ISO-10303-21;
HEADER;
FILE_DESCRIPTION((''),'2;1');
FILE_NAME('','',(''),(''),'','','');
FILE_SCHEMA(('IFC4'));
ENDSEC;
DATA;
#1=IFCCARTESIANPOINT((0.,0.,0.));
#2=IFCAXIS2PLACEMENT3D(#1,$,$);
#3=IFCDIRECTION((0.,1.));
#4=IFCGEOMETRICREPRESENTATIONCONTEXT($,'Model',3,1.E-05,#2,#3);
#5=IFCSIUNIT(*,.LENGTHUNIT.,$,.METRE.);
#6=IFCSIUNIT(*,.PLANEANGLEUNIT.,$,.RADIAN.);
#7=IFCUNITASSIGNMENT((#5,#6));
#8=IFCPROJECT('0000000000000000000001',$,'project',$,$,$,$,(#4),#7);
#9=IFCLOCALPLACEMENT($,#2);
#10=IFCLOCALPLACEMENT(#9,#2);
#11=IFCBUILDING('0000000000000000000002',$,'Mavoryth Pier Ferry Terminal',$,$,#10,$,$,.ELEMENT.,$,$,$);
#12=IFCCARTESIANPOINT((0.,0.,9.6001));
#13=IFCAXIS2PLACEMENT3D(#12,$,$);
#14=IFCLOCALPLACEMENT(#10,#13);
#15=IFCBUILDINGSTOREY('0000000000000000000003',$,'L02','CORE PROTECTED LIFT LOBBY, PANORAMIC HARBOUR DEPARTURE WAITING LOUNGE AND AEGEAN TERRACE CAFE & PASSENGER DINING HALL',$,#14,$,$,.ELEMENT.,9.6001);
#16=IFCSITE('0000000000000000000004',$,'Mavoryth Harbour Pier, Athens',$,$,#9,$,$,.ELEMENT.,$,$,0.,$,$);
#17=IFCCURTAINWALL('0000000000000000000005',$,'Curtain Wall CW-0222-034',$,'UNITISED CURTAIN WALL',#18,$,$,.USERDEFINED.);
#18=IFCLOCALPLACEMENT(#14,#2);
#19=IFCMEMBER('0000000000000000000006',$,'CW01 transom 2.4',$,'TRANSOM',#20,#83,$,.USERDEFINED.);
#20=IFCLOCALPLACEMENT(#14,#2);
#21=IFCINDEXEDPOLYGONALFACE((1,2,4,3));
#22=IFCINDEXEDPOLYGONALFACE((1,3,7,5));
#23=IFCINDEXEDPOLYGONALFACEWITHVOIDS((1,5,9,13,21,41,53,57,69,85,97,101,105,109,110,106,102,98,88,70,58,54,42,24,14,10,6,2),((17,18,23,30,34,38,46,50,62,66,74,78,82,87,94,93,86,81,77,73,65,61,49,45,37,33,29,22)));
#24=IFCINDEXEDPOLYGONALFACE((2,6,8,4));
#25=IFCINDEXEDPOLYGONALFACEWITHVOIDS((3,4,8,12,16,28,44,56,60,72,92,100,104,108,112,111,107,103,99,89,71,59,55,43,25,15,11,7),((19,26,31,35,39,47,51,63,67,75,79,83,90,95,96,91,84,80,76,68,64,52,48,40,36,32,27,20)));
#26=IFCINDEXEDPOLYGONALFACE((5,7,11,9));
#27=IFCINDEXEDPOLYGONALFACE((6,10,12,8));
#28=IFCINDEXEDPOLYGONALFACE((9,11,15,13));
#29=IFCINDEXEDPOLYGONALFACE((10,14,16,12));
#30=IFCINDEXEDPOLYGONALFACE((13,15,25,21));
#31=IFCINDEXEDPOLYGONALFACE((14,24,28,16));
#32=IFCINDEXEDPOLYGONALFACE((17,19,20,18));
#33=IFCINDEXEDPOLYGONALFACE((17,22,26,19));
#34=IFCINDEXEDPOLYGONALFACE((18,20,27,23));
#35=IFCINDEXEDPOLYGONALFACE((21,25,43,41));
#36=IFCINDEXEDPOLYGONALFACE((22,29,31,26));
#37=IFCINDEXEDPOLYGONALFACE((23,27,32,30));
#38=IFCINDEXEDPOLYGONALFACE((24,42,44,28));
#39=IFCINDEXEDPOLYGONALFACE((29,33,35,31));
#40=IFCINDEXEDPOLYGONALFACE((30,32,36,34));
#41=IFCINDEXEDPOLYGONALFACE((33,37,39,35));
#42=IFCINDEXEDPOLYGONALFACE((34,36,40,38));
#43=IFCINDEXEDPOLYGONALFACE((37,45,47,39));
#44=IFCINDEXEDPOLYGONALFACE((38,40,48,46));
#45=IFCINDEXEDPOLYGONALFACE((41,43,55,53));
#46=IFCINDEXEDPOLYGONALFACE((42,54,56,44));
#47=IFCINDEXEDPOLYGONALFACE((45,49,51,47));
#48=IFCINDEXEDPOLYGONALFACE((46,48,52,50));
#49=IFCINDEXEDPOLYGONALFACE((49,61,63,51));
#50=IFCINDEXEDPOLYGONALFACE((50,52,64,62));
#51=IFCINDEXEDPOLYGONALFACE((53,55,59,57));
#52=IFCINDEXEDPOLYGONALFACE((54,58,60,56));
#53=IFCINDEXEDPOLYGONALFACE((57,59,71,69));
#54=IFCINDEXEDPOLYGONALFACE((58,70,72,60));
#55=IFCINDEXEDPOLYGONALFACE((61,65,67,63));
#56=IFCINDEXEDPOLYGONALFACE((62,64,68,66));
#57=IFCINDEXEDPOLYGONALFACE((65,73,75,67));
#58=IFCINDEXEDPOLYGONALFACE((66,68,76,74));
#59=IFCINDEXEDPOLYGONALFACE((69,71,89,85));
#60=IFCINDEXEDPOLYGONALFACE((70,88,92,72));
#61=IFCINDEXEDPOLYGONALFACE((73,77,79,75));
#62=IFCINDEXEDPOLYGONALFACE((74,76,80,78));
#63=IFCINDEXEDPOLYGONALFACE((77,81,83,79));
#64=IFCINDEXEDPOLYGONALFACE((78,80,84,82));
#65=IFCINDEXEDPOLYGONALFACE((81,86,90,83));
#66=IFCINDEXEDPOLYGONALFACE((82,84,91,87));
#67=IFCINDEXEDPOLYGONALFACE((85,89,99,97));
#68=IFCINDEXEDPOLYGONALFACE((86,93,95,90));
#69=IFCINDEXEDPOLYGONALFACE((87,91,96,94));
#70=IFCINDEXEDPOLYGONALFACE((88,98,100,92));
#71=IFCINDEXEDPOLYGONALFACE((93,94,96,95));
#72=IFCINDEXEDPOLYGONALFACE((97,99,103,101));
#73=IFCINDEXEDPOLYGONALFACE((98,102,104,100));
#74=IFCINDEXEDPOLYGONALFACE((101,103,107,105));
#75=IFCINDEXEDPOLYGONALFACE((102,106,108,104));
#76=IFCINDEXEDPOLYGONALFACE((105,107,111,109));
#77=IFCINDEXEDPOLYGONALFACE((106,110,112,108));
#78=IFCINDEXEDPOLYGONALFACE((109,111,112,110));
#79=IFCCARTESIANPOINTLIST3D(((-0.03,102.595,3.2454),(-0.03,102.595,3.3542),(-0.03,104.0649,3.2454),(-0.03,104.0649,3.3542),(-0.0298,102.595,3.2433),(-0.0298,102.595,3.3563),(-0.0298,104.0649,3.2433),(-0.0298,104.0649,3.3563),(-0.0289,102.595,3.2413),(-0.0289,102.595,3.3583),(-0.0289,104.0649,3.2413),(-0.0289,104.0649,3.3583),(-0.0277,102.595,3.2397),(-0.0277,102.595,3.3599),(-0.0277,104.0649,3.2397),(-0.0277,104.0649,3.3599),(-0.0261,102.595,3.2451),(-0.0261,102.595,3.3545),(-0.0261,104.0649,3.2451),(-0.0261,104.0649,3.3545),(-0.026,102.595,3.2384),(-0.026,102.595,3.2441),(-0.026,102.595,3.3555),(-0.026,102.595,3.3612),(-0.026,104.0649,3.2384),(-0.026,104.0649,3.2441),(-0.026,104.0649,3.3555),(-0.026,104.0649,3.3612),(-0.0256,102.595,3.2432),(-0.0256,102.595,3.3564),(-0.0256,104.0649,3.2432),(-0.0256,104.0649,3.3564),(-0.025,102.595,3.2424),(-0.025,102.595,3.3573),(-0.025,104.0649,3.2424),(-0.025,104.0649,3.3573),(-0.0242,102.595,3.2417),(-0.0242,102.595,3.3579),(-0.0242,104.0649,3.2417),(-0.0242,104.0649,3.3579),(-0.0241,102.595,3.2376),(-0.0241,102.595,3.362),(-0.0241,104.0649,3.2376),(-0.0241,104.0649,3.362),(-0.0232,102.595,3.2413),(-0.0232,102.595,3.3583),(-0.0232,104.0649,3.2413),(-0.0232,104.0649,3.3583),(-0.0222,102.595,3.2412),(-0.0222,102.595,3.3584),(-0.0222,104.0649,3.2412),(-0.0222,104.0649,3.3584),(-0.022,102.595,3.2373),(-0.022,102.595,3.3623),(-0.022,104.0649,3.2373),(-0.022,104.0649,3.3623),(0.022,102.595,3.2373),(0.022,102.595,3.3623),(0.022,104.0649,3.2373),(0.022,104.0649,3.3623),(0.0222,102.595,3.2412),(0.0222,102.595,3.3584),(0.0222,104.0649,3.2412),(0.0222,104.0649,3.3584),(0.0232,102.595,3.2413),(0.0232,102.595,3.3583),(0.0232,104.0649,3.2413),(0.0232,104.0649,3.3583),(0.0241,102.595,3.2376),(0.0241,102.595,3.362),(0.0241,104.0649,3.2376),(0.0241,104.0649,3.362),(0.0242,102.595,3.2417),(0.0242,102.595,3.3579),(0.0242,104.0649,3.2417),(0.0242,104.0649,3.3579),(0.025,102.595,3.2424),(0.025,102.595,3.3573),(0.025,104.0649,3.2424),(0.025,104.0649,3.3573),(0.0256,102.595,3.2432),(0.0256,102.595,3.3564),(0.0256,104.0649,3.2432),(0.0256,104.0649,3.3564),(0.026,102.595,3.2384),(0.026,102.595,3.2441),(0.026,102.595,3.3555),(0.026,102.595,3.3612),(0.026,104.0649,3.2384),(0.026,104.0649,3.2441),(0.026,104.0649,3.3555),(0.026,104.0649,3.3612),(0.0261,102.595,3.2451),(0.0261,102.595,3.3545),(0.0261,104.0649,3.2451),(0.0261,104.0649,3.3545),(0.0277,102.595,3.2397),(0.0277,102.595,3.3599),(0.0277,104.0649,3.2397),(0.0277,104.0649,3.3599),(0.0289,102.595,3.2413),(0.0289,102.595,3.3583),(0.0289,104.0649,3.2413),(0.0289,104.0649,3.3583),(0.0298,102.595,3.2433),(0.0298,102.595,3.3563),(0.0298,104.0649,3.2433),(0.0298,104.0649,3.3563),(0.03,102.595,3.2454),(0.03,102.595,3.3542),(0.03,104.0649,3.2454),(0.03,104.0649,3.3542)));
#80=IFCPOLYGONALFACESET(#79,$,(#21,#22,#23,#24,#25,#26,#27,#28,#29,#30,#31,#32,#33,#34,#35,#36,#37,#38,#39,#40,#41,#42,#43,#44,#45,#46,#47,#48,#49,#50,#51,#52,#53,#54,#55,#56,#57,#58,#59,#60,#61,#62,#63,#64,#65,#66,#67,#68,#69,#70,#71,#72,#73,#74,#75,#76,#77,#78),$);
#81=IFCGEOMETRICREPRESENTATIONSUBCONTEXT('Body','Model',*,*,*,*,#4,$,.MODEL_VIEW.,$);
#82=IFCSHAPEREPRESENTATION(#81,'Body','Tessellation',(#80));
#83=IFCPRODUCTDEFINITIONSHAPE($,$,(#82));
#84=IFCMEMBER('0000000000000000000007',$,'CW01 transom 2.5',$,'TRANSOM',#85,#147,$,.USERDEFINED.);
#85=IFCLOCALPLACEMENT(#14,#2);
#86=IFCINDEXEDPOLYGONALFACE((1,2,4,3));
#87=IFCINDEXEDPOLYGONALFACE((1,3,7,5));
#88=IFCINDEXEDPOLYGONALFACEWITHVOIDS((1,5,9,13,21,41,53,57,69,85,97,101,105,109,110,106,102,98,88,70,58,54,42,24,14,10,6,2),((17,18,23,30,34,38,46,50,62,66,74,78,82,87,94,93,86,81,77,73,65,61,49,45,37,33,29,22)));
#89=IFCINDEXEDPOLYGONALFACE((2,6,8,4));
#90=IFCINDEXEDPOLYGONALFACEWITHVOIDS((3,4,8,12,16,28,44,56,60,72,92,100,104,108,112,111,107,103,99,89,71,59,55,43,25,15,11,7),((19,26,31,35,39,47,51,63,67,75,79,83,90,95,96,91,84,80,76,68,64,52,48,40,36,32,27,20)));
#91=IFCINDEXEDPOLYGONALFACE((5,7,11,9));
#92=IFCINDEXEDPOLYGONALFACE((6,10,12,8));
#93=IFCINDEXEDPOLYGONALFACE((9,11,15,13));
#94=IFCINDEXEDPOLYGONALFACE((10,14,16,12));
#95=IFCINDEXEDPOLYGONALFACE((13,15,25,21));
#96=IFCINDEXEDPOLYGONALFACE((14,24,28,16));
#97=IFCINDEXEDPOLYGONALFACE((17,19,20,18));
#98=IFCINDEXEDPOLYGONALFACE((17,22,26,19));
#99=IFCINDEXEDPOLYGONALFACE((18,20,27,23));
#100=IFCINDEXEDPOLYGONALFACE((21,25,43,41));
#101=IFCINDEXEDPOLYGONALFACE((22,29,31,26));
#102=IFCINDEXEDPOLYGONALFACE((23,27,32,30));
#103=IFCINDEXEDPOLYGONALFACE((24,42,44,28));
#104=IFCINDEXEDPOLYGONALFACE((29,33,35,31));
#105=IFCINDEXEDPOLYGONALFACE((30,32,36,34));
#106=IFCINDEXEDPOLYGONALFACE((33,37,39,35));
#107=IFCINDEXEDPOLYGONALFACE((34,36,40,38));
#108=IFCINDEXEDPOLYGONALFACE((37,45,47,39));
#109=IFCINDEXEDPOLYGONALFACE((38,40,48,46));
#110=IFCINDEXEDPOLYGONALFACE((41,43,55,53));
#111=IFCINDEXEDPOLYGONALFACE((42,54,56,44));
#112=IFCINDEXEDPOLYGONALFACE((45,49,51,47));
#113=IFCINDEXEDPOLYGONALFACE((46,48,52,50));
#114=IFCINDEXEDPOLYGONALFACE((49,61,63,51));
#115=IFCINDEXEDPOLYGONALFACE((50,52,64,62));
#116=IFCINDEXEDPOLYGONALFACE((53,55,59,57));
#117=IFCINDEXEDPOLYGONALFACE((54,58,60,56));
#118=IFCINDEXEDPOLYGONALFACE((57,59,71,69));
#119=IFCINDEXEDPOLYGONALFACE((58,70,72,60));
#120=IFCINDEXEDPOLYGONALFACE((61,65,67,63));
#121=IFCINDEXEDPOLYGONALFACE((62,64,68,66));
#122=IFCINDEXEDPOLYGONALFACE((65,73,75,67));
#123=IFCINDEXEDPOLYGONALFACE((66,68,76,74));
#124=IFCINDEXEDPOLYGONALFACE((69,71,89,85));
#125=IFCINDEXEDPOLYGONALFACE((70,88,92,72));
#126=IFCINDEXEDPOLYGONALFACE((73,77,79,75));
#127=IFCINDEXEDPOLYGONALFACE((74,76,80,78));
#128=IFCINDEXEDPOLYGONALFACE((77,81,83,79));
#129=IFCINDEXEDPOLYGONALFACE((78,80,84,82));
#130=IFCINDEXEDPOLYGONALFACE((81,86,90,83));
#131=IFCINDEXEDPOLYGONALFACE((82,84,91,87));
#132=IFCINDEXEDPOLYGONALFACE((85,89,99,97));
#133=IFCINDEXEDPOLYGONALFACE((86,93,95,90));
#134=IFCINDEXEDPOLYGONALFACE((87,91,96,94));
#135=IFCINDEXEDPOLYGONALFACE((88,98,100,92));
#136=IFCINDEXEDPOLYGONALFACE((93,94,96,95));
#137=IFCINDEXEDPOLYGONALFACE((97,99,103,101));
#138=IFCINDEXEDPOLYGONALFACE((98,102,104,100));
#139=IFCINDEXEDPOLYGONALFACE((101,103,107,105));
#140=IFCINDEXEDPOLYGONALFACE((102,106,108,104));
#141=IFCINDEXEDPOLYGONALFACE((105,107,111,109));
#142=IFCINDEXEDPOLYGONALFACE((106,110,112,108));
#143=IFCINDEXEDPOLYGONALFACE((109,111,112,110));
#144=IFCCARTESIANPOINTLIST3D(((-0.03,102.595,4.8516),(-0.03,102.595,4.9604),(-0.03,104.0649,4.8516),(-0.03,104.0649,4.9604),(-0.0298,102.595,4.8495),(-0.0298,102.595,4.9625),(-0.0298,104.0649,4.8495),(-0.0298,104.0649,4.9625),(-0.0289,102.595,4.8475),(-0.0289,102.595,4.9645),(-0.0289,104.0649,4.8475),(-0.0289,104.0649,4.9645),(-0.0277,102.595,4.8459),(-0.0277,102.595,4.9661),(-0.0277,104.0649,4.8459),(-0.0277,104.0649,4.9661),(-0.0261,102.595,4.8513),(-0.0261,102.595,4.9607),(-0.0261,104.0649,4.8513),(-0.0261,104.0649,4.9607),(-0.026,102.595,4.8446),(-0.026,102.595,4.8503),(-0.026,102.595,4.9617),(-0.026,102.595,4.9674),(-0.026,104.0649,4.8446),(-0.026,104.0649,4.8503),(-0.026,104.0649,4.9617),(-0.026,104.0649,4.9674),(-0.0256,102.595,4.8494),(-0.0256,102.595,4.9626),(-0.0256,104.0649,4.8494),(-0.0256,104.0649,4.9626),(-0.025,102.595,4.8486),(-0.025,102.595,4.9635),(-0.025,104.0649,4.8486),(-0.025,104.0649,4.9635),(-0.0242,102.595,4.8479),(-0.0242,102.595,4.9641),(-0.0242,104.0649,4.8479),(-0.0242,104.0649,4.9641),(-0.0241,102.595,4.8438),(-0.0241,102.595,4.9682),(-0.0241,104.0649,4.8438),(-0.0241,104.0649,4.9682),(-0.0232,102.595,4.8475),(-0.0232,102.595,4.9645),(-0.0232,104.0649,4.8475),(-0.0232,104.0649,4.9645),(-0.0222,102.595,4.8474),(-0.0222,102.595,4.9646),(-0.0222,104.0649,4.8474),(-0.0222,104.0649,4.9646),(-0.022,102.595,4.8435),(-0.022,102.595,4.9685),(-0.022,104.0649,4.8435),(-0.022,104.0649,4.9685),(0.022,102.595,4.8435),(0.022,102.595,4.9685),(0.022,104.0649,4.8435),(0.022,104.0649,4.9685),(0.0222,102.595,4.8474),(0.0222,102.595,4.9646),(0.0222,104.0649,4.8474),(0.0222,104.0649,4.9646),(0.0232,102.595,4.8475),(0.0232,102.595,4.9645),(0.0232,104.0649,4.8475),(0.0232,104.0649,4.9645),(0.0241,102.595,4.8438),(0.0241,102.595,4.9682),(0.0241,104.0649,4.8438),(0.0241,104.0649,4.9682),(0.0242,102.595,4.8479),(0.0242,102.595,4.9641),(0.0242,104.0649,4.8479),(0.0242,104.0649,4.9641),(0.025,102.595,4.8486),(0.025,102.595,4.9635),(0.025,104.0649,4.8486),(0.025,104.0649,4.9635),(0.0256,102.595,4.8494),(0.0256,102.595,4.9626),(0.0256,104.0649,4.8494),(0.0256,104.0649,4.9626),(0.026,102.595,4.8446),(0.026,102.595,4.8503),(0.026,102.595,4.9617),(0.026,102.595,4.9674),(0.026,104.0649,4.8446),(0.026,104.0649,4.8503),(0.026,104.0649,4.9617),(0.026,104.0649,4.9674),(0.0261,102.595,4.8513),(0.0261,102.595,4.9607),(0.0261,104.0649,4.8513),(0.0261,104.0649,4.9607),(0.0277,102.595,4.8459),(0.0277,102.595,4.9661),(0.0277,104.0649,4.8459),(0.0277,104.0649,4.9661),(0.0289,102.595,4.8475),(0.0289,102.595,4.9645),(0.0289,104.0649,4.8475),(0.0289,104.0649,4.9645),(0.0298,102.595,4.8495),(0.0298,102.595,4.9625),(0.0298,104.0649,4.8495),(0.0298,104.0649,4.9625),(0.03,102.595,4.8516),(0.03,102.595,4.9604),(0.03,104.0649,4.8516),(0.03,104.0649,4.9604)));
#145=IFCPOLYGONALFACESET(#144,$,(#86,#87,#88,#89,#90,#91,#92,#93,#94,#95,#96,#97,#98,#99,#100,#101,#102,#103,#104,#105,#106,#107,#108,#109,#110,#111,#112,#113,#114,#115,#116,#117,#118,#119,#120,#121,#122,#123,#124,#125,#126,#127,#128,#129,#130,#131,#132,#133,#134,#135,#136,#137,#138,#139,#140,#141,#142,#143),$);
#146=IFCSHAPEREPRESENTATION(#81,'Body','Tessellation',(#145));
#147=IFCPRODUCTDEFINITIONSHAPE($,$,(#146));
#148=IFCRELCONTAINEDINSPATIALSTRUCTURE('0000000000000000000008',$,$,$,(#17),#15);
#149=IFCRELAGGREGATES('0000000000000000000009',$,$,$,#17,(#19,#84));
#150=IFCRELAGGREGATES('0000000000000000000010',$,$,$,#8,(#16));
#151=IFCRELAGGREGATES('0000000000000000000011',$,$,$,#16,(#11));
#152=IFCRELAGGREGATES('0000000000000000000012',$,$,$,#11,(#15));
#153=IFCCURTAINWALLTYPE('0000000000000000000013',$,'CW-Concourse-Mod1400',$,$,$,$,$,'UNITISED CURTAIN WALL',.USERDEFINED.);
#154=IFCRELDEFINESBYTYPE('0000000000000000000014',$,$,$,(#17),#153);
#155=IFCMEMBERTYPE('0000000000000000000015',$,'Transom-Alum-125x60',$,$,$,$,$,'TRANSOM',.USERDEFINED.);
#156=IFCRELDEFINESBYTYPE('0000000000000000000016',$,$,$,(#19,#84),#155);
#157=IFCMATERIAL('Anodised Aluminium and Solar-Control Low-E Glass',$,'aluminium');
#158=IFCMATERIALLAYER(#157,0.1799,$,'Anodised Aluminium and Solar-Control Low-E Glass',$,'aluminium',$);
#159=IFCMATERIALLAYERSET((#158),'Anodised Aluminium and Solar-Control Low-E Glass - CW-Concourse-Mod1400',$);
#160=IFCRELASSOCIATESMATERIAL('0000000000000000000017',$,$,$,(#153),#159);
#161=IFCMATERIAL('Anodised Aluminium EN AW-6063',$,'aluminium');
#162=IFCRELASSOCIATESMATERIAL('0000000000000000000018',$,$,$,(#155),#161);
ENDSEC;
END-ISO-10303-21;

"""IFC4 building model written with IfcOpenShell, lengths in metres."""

from ifc_helpers import new_model, si_unit, direction, frame, origin, origin_2d, place, context, subcontext, project, spatial, hollow_rectangle, extrude, material, layer, layer_set, material_profile, profile_set, type_object, element, aggregate, save


model = new_model("IFC4")

# Units and contexts
model_context = context("Model", 3, precision=1e-05, world=origin(), true_north=direction((0.0, 1.0)))
body_context = subcontext(model_context, "Body", "Model", "MODEL_VIEW")
ifc_project = project(units=[si_unit("LENGTHUNIT", "METRE"), si_unit("PLANEANGLEUNIT", "RADIAN")], contexts=[model_context])

# Site, building, storey
site_placement = place(None, origin())
site = spatial("IfcSite", under=ifc_project, at=site_placement, Name="Mavoryth Harbour Pier, Athens", CompositionType="ELEMENT", RefElevation=0.0)
building_placement = place(site_placement, origin())
building = spatial("IfcBuilding", under=site, at=building_placement, Name="Mavoryth Pier Ferry Terminal", CompositionType="ELEMENT")
storey_placement = place(building_placement, frame((0.0, 0.0, 9.6001)))
storey = spatial("IfcBuildingStorey", under=building, at=storey_placement, Name="L02", Description="CORE PROTECTED LIFT LOBBY, PANORAMIC HARBOUR DEPARTURE WAITING LOUNGE AND AEGEAN TERRACE CAFE & PASSENGER DINING HALL", CompositionType="ELEMENT", Elevation=9.6001)

# Curtain wall
ifc_material_1 = material(Name="Anodised Aluminium and Solar-Control Low-E Glass", Category="aluminium")
ifc_layer_1 = layer(ifc_material_1, 0.1799, Name="Anodised Aluminium and Solar-Control Low-E Glass", Category="aluminium")
ifc_layer_set_1 = layer_set([ifc_layer_1], Name="Anodised Aluminium and Solar-Control Low-E Glass - CW-Concourse-Mod1400")
curtain_wall_type_1 = type_object("IfcCurtainWallType", Name="CW-Concourse-Mod1400", ElementType="UNITISED CURTAIN WALL", PredefinedType="USERDEFINED", material=ifc_layer_set_1)
curtain_wall_1_placement = place(storey_placement, origin())
curtain_wall_1 = element("IfcCurtainWall", 1, at=curtain_wall_1_placement, inside=storey, type_object=curtain_wall_type_1, Name="Curtain Wall CW-0222-034", ObjectType="UNITISED CURTAIN WALL", PredefinedType="USERDEFINED")
ifc_material_2 = material(Name="Anodised Aluminium EN AW-6063", Category="aluminium")

# Members
ifc_material_profile_1 = material_profile(ifc_material_2, hollow_rectangle(XDim=0.0601, YDim=0.125, WallThickness=0.0039, InnerFilletRadius=0.0039, OuterFilletRadius=0.0081, at=origin_2d()), Name="AL-TRAN 125x60x4", Category="aluminium")
ifc_profile_set_1 = profile_set([ifc_material_profile_1], Name="Anodised Aluminium EN AW-6063 - AL-TRAN 125x60x4")
member_type_1 = type_object("IfcMemberType", Name="Transom-Alum-125x60", ElementType="TRANSOM", PredefinedType="USERDEFINED", material=ifc_profile_set_1)
member_1_placement = place(storey_placement, frame((0.0, 104.0649, 3.2998), z_axis=(0.0, -1.0, 0.0), x_axis=(1.0, 0.0, 0.0)))
member_1 = element("IfcMember", 2, at=member_1_placement, type_object=member_type_1, Name="CW01 transom 2.4", ObjectType="TRANSOM", PredefinedType="USERDEFINED", context=body_context, shape_type="SweptSolid", body=[
    extrude(hollow_rectangle(XDim=0.0601, YDim=0.125, WallThickness=0.0039, InnerFilletRadius=0.0039, OuterFilletRadius=0.0081, at=origin_2d()), origin(), (0.0, 0.0, 1.0), 1.47),
])
member_2_placement = place(storey_placement, frame((0.0, 104.0649, 4.906), z_axis=(0.0, -1.0, 0.0), x_axis=(1.0, 0.0, 0.0)))
member_2 = element("IfcMember", 3, at=member_2_placement, type_object=member_type_1, Name="CW01 transom 2.5", ObjectType="TRANSOM", PredefinedType="USERDEFINED", context=body_context, shape_type="SweptSolid", body=[
    extrude(hollow_rectangle(XDim=0.0601, YDim=0.125, WallThickness=0.0039, InnerFilletRadius=0.0039, OuterFilletRadius=0.0081, at=origin_2d()), origin(), (0.0, 0.0, 1.0), 1.47),
])

aggregate(curtain_wall_1, [member_1, member_2])

save(model, "model.ifc")
